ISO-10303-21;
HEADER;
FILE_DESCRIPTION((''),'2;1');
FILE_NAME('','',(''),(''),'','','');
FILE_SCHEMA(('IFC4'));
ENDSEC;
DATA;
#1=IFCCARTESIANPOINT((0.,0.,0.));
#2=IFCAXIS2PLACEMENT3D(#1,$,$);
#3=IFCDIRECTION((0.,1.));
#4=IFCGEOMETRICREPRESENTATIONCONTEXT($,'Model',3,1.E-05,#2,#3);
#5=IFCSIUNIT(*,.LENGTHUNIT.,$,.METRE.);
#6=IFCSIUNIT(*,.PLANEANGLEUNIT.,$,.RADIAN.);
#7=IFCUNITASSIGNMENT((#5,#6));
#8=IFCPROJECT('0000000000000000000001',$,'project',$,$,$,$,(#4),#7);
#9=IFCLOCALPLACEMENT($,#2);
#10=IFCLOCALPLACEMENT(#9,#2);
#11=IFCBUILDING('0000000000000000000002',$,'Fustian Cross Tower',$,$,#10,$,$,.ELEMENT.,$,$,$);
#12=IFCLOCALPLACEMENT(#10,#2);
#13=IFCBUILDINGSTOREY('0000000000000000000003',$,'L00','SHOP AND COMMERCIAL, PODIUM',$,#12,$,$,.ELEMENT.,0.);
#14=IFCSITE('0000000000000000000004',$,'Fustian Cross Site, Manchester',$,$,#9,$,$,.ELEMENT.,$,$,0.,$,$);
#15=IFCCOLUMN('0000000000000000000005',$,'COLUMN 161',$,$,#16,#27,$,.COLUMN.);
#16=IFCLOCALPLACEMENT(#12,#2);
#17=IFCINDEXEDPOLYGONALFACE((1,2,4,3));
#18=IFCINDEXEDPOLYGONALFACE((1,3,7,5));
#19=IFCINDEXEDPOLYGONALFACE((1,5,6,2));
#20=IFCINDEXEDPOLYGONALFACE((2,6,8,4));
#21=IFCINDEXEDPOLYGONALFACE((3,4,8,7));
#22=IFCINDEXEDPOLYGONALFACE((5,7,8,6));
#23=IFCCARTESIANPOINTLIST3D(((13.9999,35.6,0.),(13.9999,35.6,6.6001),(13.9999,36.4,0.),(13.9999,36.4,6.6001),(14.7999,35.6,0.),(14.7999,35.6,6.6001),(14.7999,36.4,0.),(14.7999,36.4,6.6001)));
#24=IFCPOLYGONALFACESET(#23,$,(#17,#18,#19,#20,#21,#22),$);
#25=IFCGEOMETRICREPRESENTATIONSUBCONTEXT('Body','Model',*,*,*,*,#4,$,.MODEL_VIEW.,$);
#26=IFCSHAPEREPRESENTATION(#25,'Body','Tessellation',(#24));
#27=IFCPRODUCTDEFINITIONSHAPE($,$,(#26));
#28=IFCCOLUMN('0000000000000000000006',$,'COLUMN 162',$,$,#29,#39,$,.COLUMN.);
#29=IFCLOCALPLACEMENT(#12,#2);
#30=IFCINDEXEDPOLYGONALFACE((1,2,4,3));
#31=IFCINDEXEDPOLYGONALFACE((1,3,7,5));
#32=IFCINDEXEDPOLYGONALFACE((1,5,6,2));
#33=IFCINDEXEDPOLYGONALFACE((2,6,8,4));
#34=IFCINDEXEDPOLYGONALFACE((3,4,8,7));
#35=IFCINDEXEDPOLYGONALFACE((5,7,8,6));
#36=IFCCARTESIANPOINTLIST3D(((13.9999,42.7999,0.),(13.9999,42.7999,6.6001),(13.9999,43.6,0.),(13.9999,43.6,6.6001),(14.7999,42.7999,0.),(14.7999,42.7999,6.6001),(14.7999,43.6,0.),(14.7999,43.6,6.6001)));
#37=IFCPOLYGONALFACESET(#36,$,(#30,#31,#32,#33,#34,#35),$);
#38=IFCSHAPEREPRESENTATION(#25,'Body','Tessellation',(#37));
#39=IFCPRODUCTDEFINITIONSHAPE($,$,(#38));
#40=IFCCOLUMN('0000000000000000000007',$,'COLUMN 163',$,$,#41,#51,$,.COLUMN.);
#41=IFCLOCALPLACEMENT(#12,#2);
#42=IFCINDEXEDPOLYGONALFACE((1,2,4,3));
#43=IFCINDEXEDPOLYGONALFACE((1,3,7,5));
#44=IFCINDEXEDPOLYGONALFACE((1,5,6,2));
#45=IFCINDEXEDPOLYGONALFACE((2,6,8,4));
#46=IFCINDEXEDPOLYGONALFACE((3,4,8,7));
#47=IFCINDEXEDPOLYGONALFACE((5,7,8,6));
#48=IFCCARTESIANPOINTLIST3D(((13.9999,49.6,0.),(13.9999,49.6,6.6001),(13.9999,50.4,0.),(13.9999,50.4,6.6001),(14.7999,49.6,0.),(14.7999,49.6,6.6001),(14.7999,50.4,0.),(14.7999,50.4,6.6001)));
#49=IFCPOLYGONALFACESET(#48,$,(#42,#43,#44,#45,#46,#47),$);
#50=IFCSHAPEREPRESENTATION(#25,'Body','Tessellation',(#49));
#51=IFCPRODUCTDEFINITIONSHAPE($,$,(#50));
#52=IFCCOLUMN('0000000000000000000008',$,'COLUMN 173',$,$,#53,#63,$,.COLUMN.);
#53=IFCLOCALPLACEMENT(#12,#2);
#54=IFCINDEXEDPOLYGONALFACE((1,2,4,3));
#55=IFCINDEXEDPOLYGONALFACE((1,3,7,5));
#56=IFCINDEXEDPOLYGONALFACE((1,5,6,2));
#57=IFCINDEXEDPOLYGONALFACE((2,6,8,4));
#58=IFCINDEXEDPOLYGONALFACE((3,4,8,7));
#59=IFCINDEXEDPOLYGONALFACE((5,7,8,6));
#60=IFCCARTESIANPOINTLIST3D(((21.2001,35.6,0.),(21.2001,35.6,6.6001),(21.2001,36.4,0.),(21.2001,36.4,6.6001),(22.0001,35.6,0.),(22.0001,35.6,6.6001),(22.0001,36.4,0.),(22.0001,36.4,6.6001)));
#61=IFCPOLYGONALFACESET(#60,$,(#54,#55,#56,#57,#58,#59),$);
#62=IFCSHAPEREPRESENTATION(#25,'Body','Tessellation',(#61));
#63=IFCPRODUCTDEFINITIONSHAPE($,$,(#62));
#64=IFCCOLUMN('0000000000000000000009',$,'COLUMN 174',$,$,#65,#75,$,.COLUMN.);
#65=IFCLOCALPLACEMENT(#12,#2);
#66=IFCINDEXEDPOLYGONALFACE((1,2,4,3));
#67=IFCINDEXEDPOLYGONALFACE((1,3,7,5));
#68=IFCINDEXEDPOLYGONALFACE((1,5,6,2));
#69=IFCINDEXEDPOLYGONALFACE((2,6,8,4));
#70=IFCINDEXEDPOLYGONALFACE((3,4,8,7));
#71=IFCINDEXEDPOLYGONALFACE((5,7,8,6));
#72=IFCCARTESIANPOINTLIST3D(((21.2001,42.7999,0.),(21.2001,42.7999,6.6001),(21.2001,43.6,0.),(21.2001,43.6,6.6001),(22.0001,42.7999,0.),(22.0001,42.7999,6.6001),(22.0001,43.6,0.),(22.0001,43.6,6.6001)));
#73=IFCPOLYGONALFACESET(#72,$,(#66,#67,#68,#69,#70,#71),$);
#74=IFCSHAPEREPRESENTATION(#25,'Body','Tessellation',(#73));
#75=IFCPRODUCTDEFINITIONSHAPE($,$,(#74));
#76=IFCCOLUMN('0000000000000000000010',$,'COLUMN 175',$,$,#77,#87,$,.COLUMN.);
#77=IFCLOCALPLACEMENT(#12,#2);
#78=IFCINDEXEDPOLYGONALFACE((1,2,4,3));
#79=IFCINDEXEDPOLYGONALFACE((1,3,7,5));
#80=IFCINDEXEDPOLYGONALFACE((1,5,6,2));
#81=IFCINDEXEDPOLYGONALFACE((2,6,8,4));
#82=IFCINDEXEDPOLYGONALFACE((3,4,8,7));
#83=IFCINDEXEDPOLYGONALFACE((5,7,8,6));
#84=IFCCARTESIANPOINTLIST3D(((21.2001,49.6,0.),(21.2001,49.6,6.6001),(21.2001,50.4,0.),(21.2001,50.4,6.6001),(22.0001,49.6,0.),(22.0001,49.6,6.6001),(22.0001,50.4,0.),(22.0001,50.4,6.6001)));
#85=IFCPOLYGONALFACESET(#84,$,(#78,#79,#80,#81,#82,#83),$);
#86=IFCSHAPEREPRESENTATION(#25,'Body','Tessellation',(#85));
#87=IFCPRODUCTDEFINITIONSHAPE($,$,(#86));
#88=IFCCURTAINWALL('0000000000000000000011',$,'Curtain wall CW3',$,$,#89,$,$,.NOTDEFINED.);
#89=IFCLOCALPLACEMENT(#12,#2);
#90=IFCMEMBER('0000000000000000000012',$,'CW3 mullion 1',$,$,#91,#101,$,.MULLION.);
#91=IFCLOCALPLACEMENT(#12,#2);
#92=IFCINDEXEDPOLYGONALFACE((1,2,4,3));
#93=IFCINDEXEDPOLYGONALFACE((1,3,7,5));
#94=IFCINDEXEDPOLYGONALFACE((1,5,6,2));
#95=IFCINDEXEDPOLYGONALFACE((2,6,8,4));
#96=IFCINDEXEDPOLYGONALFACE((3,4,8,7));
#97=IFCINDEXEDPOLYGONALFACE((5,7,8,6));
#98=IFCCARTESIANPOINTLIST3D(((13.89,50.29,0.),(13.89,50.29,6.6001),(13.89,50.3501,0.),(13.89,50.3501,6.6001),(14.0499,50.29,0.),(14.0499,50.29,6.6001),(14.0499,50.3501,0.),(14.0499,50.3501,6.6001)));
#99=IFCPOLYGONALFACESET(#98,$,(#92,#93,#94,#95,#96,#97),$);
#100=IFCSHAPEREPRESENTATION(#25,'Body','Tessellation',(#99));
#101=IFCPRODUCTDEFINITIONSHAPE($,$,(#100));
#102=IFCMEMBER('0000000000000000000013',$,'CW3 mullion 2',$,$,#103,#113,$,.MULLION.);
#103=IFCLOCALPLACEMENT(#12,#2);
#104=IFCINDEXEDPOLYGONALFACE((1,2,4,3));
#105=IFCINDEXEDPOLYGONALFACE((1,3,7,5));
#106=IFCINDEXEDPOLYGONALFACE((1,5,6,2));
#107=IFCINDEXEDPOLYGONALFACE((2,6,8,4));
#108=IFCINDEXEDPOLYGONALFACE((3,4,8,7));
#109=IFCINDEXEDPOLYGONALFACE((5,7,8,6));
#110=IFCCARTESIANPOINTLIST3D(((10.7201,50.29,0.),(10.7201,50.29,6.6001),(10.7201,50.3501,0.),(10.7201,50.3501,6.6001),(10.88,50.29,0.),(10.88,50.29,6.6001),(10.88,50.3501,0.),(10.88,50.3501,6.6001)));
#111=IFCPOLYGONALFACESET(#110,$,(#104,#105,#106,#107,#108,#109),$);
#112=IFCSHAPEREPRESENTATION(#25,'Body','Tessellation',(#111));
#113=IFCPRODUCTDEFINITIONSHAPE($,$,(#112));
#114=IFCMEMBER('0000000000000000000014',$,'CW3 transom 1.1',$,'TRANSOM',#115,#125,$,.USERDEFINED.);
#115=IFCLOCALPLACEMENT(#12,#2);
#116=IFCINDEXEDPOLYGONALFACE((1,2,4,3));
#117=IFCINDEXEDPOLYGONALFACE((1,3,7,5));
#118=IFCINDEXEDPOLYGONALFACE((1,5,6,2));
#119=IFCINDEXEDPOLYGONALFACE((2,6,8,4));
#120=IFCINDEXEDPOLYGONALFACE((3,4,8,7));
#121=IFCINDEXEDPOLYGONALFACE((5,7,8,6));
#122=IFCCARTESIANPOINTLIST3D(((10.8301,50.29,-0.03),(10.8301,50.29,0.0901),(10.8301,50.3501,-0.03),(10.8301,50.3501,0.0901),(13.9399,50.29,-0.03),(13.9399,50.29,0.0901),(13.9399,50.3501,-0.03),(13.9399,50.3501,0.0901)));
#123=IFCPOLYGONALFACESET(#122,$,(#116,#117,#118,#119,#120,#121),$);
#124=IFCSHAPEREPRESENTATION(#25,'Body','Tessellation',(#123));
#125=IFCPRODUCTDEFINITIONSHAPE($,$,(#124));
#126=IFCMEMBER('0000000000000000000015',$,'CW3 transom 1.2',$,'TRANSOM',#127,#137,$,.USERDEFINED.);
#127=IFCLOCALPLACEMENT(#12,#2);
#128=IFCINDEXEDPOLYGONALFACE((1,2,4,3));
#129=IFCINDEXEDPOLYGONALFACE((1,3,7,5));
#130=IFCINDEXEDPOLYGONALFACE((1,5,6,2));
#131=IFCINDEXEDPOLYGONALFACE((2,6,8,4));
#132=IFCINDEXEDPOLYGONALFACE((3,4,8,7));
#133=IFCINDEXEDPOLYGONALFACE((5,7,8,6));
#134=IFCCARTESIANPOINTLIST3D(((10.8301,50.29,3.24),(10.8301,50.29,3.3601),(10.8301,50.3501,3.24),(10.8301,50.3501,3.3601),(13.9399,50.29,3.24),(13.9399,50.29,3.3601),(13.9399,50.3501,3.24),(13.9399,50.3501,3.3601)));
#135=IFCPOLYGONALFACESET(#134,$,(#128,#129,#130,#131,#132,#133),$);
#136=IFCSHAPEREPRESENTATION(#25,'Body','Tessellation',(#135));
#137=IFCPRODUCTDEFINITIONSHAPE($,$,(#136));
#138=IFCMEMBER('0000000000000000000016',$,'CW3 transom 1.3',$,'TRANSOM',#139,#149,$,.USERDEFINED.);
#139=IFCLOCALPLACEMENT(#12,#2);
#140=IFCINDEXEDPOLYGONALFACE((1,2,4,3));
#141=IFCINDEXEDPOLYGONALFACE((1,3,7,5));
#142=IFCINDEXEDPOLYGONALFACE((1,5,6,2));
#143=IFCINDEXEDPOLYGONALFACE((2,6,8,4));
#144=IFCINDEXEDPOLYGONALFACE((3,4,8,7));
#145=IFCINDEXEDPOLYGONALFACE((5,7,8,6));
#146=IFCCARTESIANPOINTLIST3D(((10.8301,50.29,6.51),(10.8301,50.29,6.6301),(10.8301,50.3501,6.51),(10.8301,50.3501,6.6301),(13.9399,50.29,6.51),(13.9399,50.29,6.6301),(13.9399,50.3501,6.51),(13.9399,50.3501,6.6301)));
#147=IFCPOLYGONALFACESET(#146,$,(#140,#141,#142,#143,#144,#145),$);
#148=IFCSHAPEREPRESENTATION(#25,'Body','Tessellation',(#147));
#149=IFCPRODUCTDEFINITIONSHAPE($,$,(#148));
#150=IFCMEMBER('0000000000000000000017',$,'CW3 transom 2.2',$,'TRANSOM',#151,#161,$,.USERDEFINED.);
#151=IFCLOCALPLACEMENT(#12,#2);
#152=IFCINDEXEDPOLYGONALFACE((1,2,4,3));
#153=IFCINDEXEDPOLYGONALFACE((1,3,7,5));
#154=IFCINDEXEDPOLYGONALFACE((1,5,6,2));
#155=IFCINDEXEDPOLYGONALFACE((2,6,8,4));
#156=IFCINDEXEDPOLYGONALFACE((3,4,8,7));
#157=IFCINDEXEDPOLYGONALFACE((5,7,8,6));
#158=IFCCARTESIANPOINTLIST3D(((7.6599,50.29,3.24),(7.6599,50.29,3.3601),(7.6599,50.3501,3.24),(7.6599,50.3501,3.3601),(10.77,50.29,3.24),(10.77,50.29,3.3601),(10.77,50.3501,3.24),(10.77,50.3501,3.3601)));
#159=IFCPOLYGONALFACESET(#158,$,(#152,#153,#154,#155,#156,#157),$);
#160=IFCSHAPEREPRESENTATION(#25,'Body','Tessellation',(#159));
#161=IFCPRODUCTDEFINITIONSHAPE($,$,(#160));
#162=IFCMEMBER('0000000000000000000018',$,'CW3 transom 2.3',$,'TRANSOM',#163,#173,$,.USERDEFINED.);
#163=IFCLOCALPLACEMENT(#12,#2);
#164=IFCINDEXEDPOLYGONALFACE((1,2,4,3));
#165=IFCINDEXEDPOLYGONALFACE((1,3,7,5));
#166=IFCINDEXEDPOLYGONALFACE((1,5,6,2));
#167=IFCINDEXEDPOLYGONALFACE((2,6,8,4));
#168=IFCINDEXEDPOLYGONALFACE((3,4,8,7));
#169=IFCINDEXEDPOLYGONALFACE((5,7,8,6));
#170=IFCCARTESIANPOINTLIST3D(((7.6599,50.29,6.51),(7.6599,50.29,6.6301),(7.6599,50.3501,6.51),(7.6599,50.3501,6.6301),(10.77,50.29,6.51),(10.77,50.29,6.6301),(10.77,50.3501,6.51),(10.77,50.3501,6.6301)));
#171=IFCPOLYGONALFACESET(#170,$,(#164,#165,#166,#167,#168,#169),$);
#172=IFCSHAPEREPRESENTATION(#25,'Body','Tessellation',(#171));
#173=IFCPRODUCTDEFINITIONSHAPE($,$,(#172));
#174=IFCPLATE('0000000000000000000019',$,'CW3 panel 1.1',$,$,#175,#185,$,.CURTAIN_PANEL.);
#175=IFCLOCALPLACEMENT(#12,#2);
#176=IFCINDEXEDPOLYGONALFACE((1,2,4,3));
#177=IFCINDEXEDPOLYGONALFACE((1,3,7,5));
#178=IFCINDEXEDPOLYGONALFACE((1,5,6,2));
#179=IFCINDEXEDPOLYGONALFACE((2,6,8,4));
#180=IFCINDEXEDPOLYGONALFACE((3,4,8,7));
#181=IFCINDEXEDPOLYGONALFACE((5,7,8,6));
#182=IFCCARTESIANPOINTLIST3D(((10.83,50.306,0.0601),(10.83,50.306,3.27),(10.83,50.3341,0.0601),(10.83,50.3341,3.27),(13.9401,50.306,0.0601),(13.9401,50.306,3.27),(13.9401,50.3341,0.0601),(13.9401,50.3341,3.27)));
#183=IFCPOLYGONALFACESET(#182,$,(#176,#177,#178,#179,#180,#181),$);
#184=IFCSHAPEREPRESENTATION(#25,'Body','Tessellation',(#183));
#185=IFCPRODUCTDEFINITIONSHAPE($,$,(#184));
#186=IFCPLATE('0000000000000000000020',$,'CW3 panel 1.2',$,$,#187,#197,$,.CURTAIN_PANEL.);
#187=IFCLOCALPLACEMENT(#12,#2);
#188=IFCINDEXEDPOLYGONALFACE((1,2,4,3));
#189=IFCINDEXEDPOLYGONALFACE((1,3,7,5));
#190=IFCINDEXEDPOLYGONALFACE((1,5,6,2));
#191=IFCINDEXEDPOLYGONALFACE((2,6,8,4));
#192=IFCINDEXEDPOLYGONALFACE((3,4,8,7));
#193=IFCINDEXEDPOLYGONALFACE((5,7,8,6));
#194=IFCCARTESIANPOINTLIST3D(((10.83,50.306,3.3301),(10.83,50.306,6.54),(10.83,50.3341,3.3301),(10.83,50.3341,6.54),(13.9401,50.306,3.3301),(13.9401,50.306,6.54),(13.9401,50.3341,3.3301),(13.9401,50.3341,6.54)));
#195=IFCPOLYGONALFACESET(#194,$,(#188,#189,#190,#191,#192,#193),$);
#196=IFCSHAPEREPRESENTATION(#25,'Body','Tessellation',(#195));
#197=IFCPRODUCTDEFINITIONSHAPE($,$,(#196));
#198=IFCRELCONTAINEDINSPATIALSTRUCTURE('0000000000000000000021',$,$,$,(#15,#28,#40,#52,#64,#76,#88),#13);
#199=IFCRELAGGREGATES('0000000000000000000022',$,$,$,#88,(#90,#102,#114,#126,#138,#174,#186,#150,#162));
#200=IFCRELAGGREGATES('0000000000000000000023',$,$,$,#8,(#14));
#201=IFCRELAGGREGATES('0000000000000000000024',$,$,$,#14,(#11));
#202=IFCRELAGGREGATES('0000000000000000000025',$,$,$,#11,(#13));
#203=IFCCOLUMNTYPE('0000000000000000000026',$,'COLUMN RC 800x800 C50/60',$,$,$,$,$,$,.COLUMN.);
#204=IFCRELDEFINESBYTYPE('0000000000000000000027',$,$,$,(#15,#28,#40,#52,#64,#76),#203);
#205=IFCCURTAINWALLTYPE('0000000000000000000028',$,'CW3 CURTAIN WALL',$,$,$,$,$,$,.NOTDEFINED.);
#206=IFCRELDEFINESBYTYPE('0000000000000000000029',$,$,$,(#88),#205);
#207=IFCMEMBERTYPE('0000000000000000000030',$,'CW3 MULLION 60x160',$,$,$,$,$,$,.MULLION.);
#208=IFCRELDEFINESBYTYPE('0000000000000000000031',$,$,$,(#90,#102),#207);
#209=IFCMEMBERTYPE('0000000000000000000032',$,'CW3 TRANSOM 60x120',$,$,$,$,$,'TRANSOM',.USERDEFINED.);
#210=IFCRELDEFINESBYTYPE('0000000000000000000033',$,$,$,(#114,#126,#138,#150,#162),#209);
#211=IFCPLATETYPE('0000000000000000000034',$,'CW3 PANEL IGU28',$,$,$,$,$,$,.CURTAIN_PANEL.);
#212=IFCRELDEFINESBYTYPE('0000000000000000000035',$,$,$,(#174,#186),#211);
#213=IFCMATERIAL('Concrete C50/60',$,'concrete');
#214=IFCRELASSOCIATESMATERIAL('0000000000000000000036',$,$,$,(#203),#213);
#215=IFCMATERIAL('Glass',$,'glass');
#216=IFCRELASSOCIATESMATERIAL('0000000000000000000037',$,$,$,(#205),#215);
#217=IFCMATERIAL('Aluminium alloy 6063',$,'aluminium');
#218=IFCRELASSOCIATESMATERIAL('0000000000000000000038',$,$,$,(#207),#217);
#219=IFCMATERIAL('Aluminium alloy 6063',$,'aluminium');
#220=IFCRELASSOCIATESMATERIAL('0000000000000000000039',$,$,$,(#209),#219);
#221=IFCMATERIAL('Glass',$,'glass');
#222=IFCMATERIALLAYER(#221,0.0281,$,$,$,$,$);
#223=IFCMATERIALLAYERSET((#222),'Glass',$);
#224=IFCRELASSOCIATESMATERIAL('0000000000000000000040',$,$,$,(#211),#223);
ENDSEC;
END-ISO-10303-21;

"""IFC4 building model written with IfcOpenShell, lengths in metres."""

from ifc_helpers import new_model, si_unit, direction, frame, origin, origin_2d, place, context, subcontext, project, spatial, rectangle, extrude, material, layer, layer_set, material_profile, profile_set, type_object, element, aggregate, save


model = new_model("IFC4")

# Units and contexts
model_context = context("Model", 3, precision=1e-05, world=origin(), true_north=direction((0.0, 1.0)))
body_context = subcontext(model_context, "Body", "Model", "MODEL_VIEW")
ifc_project = project(units=[si_unit("LENGTHUNIT", "METRE"), si_unit("PLANEANGLEUNIT", "RADIAN")], contexts=[model_context])

# Site, building, storey
site_placement = place(None, origin())
site = spatial("IfcSite", under=ifc_project, at=site_placement, Name="Fustian Cross Site, Manchester", CompositionType="ELEMENT", RefElevation=0.0)
building_placement = place(site_placement, origin())
building = spatial("IfcBuilding", under=site, at=building_placement, Name="Fustian Cross Tower", CompositionType="ELEMENT")
storey_placement = place(building_placement, origin())
storey = spatial("IfcBuildingStorey", under=building, at=storey_placement, Name="L00", Description="SHOP AND COMMERCIAL, PODIUM", CompositionType="ELEMENT", Elevation=0.0)

# Columns
ifc_material_1 = material(Name="Concrete C50/60", Category="concrete")
ifc_material_profile_1 = material_profile(ifc_material_1, rectangle(XDim=0.8, YDim=0.8, at=origin_2d()), Name="RC 800x800")
ifc_profile_set_1 = profile_set([ifc_material_profile_1], Name="Concrete C50/60")
column_type = type_object("IfcColumnType", Name="COLUMN RC 800x800 C50/60", PredefinedType="COLUMN", material=ifc_profile_set_1)
for number, where, z_axis, x_axis, name in (
    (1, (14.3999, 36.0, 0.0), (0.0, 0.0, 1.0), (1.0, 0.0, 0.0), "COLUMN 161"),
    (2, (14.3999, 43.2, 0.0), (0.0, 0.0, 1.0), (1.0, 0.0, 0.0), "COLUMN 162"),
    (3, (14.3999, 50.0, 0.0), (0.0, 0.0, 1.0), (1.0, 0.0, 0.0), "COLUMN 163"),
    (4, (21.6001, 36.0, 0.0), (0.0, 0.0, 1.0), (1.0, 0.0, 0.0), "COLUMN 173"),
    (5, (21.6001, 43.2, 0.0), (0.0, 0.0, 1.0), (1.0, 0.0, 0.0), "COLUMN 174"),
    (6, (21.6001, 50.0, 0.0), (0.0, 0.0, 1.0), (1.0, 0.0, 0.0), "COLUMN 175"),
):
    element("IfcColumn", number, at=place(storey_placement, frame(where, z_axis=z_axis, x_axis=x_axis)), inside=storey, type_object=column_type, Name=name, PredefinedType="COLUMN", context=body_context, shape_type="SweptSolid", body=[
        extrude(rectangle(XDim=0.8, YDim=0.8, at=origin_2d()), origin(), (0.0, 0.0, 1.0), 6.6001),
    ])

# Curtain wall, members, plates
ifc_material_2 = material(Name="Glass", Category="glass")
curtain_wall_type = type_object("IfcCurtainWallType", Name="CW3 CURTAIN WALL", PredefinedType="NOTDEFINED", material=ifc_material_2)
curtain_wall_placement = place(storey_placement, origin())
curtain_wall = element("IfcCurtainWall", 7, at=curtain_wall_placement, inside=storey, type_object=curtain_wall_type, Name="Curtain wall CW3", PredefinedType="NOTDEFINED")
ifc_material_3 = material(Name="Aluminium alloy 6063", Category="aluminium")
ifc_material_profile_2 = material_profile(ifc_material_3, rectangle(XDim=0.0601, YDim=0.1599, at=origin_2d()), Name="CW3 MULLION 60x160")
ifc_profile_set_2 = profile_set([ifc_material_profile_2], Name="Aluminium alloy 6063")
member_type_1 = type_object("IfcMemberType", Name="CW3 MULLION 60x160", PredefinedType="MULLION", material=ifc_profile_set_2)
member_1_placement = place(storey_placement, frame((13.97, 50.3201, 0.0), z_axis=(0.0, 0.0, 1.0), x_axis=(0.0, -1.0, 0.0)))
member_1 = element("IfcMember", 8, at=member_1_placement, type_object=member_type_1, Name="CW3 mullion 1", PredefinedType="MULLION", context=body_context, shape_type="SweptSolid", body=[
    extrude(rectangle(XDim=0.0601, YDim=0.1599, at=origin_2d()), origin(), (0.0, 0.0, 1.0), 6.6001),
])
member_2_placement = place(storey_placement, frame((10.8, 50.3201, 0.0), z_axis=(0.0, 0.0, 1.0), x_axis=(0.0, -1.0, 0.0)))
member_2 = element("IfcMember", 9, at=member_2_placement, type_object=member_type_1, Name="CW3 mullion 2", PredefinedType="MULLION", context=body_context, shape_type="SweptSolid", body=[
    extrude(rectangle(XDim=0.0601, YDim=0.1599, at=origin_2d()), origin(), (0.0, 0.0, 1.0), 6.6001),
])
ifc_material_4 = material(Name="Aluminium alloy 6063", Category="aluminium")
ifc_material_profile_3 = material_profile(ifc_material_4, rectangle(XDim=0.0601, YDim=0.1201, at=origin_2d()), Name="CW3 TRANSOM 60x120")
ifc_profile_set_3 = profile_set([ifc_material_profile_3], Name="Aluminium alloy 6063")
member_type_2 = type_object("IfcMemberType", Name="CW3 TRANSOM 60x120", ElementType="TRANSOM", PredefinedType="USERDEFINED", material=ifc_profile_set_3)
member_3_placement = place(storey_placement, frame((13.9399, 50.3201, 0.03), z_axis=(-1.0, 0.0, 0.0), x_axis=(0.0, -1.0, 0.0)))
member_3 = element("IfcMember", 10, at=member_3_placement, type_object=member_type_2, Name="CW3 transom 1.1", ObjectType="TRANSOM", PredefinedType="USERDEFINED", context=body_context, shape_type="SweptSolid", body=[
    extrude(rectangle(XDim=0.0601, YDim=0.1201, at=origin_2d()), origin(), (0.0, 0.0, 1.0), 3.1099),
])
member_4_placement = place(storey_placement, frame((13.9399, 50.3201, 3.3), z_axis=(-1.0, 0.0, 0.0), x_axis=(0.0, -1.0, 0.0)))
member_4 = element("IfcMember", 11, at=member_4_placement, type_object=member_type_2, Name="CW3 transom 1.2", ObjectType="TRANSOM", PredefinedType="USERDEFINED", context=body_context, shape_type="SweptSolid", body=[
    extrude(rectangle(XDim=0.0601, YDim=0.1201, at=origin_2d()), origin(), (0.0, 0.0, 1.0), 3.1099),
])
member_5_placement = place(storey_placement, frame((13.9399, 50.3201, 6.5701), z_axis=(-1.0, 0.0, 0.0), x_axis=(0.0, -1.0, 0.0)))
member_5 = element("IfcMember", 12, at=member_5_placement, type_object=member_type_2, Name="CW3 transom 1.3", ObjectType="TRANSOM", PredefinedType="USERDEFINED", context=body_context, shape_type="SweptSolid", body=[
    extrude(rectangle(XDim=0.0601, YDim=0.1201, at=origin_2d()), origin(), (0.0, 0.0, 1.0), 3.1099),
])
member_6_placement = place(storey_placement, frame((10.77, 50.3201, 3.3), z_axis=(-1.0, 0.0, 0.0), x_axis=(0.0, -1.0, 0.0)))
member_6 = element("IfcMember", 13, at=member_6_placement, type_object=member_type_2, Name="CW3 transom 2.2", ObjectType="TRANSOM", PredefinedType="USERDEFINED", context=body_context, shape_type="SweptSolid", body=[
    extrude(rectangle(XDim=0.0601, YDim=0.1201, at=origin_2d()), origin(), (0.0, 0.0, 1.0), 3.1101),
])
member_7_placement = place(storey_placement, frame((10.77, 50.3201, 6.5701), z_axis=(-1.0, 0.0, 0.0), x_axis=(0.0, -1.0, 0.0)))
member_7 = element("IfcMember", 14, at=member_7_placement, type_object=member_type_2, Name="CW3 transom 2.3", ObjectType="TRANSOM", PredefinedType="USERDEFINED", context=body_context, shape_type="SweptSolid", body=[
    extrude(rectangle(XDim=0.0601, YDim=0.1201, at=origin_2d()), origin(), (0.0, 0.0, 1.0), 3.1101),
])
ifc_material_5 = material(Name="Glass", Category="glass")
ifc_layer_1 = layer(ifc_material_5, 0.0281)
ifc_layer_set_1 = layer_set([ifc_layer_1], Name="Glass")
plate_type = type_object("IfcPlateType", Name="CW3 PANEL IGU28", PredefinedType="CURTAIN_PANEL", material=ifc_layer_set_1)
plate_1_placement = place(storey_placement, frame((12.385, 50.3201, 0.0601), z_axis=(0.0, 0.0, 1.0), x_axis=(-1.0, 0.0, 0.0)))
plate_1 = element("IfcPlate", 15, at=plate_1_placement, type_object=plate_type, Name="CW3 panel 1.1", PredefinedType="CURTAIN_PANEL", context=body_context, shape_type="SweptSolid", body=[
    extrude(rectangle(XDim=3.1101, YDim=0.0281, at=origin_2d()), origin(), (0.0, 0.0, 1.0), 3.21),
])
plate_2_placement = place(storey_placement, frame((12.385, 50.3201, 3.3301), z_axis=(0.0, 0.0, 1.0), x_axis=(-1.0, 0.0, 0.0)))
plate_2 = element("IfcPlate", 16, at=plate_2_placement, type_object=plate_type, Name="CW3 panel 1.2", PredefinedType="CURTAIN_PANEL", context=body_context, shape_type="SweptSolid", body=[
    extrude(rectangle(XDim=3.1101, YDim=0.0281, at=origin_2d()), origin(), (0.0, 0.0, 1.0), 3.21),
])
aggregate(curtain_wall, [member_1, member_2, member_3, member_4, member_5, plate_1, plate_2, member_6, member_7])

save(model, "model.ifc")
